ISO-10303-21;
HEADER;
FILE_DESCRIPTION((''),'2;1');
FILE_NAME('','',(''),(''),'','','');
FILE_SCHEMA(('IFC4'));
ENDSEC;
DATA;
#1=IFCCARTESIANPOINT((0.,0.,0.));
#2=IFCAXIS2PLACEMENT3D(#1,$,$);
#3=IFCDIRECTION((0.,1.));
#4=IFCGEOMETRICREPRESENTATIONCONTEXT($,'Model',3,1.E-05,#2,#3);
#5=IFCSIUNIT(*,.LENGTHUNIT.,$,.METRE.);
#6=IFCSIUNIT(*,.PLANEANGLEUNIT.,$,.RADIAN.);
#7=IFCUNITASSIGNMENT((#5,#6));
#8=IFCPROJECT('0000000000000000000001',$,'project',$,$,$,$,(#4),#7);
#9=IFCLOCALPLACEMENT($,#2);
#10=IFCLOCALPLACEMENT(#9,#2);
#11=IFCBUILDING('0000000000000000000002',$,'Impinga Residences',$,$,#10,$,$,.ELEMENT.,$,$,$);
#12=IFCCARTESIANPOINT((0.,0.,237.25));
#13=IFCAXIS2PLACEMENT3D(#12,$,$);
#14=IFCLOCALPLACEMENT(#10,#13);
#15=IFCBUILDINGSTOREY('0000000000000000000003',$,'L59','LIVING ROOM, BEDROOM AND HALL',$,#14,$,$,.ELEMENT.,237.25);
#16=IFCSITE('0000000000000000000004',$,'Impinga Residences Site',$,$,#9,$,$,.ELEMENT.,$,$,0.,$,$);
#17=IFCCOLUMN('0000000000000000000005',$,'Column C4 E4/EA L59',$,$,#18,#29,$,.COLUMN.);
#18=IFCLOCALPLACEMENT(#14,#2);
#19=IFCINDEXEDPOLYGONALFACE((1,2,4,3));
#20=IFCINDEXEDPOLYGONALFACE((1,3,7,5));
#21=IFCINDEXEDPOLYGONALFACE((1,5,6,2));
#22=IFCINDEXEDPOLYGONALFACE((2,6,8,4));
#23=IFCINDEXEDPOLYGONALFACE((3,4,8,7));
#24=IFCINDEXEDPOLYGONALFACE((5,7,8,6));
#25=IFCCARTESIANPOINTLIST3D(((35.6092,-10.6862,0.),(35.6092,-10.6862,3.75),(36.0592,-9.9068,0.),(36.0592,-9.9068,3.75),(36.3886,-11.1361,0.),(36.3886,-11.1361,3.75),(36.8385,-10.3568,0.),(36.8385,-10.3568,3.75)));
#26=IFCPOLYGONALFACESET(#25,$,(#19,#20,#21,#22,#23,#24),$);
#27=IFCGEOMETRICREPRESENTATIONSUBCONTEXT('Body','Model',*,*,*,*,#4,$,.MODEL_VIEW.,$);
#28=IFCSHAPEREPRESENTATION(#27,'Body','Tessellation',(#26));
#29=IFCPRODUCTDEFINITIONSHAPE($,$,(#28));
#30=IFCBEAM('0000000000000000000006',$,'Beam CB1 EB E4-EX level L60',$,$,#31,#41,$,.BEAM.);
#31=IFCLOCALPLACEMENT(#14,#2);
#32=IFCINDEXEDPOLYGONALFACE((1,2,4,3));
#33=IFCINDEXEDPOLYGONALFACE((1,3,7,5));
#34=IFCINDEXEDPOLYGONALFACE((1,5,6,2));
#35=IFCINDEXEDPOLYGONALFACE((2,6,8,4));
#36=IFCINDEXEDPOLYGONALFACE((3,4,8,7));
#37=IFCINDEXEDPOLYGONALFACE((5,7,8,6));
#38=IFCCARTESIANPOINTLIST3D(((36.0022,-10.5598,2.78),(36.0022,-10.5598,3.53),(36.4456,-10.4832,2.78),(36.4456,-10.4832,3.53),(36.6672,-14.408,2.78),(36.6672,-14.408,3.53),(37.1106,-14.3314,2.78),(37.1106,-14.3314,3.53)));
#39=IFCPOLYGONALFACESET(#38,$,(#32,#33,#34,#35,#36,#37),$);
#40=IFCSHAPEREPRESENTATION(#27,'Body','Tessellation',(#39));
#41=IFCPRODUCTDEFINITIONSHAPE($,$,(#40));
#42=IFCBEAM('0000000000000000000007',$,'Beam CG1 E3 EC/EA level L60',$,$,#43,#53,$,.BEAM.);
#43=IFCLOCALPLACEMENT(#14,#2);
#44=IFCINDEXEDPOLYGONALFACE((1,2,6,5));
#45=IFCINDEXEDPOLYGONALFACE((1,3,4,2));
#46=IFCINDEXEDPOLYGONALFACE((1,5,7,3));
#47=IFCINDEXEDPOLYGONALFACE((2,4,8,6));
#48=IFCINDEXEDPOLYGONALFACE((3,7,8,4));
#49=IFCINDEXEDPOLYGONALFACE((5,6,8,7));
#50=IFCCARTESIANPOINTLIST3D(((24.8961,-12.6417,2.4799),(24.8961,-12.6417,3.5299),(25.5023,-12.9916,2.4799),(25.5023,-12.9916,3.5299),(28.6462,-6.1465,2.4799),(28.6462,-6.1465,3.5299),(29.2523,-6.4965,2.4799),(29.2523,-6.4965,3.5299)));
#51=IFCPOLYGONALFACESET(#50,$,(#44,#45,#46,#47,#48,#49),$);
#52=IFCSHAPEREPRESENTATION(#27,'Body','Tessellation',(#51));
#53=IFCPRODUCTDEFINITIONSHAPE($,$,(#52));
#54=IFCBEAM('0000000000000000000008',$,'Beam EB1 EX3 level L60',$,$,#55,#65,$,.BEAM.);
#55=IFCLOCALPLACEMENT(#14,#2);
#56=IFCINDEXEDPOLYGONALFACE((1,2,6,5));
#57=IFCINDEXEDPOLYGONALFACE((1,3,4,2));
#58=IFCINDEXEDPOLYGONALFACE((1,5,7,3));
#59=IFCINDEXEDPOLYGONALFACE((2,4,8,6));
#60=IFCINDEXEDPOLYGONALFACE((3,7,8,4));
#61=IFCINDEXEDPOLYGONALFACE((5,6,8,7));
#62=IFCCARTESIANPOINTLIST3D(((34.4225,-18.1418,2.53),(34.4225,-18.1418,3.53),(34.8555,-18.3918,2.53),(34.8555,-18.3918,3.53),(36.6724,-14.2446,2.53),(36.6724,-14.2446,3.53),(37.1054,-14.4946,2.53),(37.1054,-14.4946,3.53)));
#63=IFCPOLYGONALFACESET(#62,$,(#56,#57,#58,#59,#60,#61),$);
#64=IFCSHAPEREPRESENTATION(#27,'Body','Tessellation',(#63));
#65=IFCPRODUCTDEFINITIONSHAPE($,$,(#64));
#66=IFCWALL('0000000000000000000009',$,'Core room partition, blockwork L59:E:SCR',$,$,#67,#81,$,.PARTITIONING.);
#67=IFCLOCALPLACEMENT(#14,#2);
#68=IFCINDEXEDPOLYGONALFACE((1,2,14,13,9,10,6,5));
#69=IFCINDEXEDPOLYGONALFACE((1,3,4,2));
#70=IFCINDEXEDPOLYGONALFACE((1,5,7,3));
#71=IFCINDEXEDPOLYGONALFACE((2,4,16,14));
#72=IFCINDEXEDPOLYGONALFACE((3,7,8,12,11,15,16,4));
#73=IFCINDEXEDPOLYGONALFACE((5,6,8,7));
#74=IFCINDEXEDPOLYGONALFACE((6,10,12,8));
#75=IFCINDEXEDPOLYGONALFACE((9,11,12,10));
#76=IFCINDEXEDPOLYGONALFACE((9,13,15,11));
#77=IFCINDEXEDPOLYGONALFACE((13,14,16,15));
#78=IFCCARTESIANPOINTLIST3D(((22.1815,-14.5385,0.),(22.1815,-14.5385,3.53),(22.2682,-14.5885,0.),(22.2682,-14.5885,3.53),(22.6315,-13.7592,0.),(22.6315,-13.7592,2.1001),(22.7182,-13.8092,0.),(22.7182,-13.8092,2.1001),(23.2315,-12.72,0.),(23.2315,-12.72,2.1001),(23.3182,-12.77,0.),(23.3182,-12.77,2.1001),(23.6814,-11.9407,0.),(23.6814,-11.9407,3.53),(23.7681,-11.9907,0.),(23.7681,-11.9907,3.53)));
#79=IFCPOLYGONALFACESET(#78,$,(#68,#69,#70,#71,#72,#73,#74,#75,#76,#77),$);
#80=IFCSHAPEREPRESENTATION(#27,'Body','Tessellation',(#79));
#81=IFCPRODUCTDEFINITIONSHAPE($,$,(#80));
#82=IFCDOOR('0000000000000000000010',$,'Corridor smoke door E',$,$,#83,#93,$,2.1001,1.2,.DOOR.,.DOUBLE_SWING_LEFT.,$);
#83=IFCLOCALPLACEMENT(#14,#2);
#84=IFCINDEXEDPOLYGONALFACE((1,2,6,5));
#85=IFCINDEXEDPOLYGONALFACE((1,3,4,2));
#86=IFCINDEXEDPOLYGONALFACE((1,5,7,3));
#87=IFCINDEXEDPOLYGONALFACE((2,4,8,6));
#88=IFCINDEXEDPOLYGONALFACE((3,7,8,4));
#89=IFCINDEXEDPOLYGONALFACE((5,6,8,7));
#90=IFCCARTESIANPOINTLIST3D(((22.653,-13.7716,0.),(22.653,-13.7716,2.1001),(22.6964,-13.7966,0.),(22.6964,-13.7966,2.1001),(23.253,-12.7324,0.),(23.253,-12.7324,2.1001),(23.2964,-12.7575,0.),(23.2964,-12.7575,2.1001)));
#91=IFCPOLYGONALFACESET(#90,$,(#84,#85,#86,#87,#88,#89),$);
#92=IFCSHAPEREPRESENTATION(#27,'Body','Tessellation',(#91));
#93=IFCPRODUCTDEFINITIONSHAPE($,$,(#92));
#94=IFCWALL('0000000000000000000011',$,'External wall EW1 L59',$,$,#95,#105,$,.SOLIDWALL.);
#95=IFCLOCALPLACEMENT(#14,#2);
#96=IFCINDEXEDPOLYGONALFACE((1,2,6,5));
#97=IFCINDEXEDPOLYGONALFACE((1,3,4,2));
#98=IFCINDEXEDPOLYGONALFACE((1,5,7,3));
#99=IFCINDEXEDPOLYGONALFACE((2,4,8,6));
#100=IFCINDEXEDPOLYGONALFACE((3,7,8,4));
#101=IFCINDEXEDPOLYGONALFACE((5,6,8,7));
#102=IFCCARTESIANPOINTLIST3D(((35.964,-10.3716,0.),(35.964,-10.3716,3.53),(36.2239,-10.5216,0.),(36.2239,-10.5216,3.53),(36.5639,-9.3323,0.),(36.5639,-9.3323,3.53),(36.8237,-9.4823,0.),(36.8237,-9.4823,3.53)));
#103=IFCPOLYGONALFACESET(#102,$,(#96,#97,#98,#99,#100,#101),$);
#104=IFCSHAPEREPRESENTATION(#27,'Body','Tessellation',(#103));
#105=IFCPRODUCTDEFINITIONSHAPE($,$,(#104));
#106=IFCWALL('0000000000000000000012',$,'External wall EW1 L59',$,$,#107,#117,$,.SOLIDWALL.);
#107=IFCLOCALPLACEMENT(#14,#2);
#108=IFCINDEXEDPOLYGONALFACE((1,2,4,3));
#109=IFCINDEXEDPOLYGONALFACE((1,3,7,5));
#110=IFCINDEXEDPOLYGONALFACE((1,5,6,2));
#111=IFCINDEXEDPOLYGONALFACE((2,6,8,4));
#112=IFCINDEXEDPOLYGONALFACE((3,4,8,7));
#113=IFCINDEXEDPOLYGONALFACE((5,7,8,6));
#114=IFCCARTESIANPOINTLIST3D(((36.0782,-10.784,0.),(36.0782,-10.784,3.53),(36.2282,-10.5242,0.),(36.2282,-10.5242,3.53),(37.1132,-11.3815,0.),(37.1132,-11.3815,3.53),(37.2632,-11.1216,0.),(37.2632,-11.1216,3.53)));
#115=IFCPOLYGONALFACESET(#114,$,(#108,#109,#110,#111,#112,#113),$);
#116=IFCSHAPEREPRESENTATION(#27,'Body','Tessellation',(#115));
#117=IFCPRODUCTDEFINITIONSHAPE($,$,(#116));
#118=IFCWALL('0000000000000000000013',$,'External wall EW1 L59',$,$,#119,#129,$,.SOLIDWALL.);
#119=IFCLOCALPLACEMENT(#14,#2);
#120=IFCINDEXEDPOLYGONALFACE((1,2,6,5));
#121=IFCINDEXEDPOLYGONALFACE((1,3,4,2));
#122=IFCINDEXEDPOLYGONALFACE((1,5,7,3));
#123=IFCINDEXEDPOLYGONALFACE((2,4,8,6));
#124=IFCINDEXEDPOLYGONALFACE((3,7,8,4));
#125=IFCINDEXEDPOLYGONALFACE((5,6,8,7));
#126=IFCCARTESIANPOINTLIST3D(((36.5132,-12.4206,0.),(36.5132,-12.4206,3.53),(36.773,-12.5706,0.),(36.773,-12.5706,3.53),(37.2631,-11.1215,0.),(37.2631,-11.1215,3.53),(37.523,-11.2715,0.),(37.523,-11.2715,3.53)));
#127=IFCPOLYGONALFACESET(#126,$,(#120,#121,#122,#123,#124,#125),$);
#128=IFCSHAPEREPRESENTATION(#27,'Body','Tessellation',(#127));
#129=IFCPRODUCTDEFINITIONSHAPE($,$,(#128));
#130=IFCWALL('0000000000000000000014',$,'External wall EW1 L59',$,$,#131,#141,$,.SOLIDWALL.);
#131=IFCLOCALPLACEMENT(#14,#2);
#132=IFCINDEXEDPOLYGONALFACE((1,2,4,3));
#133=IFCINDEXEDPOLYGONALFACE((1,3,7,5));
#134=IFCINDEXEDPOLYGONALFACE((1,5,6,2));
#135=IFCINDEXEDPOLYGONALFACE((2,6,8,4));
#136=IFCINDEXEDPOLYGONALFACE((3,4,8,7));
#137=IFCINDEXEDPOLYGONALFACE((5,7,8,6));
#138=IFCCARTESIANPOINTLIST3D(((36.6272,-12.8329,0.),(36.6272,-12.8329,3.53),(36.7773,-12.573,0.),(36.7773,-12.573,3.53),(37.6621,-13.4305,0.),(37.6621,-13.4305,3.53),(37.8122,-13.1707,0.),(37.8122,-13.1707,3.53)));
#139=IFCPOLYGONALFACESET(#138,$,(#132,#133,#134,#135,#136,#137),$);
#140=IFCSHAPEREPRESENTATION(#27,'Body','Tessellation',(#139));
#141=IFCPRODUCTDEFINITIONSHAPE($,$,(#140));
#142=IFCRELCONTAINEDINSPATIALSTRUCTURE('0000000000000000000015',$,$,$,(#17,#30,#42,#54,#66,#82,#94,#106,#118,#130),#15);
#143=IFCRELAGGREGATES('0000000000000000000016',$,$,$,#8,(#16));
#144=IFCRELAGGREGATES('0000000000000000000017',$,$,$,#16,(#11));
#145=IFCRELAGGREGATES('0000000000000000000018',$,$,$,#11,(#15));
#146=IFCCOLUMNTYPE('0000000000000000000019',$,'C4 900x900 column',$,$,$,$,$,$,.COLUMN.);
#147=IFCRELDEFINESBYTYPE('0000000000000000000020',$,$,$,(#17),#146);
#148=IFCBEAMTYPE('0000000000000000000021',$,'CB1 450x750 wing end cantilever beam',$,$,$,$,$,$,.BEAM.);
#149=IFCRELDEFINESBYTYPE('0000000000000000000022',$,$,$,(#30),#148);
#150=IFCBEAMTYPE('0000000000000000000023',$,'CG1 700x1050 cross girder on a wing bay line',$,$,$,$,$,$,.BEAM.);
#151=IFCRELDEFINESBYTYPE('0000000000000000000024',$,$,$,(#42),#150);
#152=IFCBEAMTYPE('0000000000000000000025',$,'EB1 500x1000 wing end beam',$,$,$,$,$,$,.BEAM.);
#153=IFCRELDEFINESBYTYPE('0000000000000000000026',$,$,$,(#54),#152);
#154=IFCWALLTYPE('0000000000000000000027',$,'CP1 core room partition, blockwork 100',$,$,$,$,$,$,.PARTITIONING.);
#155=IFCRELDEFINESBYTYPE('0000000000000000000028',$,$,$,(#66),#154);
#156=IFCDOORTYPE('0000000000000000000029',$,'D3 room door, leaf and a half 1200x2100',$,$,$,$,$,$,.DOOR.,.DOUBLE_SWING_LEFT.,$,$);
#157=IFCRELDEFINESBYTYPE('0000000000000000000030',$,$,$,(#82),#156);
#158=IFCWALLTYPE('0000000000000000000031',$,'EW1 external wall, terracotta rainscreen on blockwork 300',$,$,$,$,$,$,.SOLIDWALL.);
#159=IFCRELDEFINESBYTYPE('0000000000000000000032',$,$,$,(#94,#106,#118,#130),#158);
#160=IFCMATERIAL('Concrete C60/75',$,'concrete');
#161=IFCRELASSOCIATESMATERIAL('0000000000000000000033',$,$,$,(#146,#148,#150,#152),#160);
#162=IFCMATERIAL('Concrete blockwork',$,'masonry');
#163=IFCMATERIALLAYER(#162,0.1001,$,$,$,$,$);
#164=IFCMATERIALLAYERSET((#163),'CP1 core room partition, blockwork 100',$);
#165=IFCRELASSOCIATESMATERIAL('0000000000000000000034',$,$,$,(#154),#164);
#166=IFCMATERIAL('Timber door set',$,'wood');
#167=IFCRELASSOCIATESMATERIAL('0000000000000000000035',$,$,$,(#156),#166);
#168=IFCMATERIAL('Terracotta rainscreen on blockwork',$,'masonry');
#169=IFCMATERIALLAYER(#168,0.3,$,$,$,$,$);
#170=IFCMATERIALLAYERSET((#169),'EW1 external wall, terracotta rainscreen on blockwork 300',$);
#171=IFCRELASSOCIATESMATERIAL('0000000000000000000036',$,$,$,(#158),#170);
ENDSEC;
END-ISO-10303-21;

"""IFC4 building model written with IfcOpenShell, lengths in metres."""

from ifc_helpers import new_model, si_unit, direction, frame, frame_2d, origin, origin_2d, place, context, subcontext, project, spatial, rectangle, extrude, material, layer, layer_set, material_profile, profile_set, type_object, element, fill, save


model = new_model("IFC4")

# Units and contexts
model_context = context("Model", 3, precision=1e-05, world=origin(), true_north=direction((0.0, 1.0)))
body_context = subcontext(model_context, "Body", "Model", "MODEL_VIEW")
ifc_project = project(units=[si_unit("LENGTHUNIT", "METRE"), si_unit("PLANEANGLEUNIT", "RADIAN")], contexts=[model_context])

# Site, building, storey
site_placement = place(None, origin())
site = spatial("IfcSite", under=ifc_project, at=site_placement, Name="Impinga Residences Site", CompositionType="ELEMENT", RefElevation=0.0)
building_placement = place(site_placement, origin())
building = spatial("IfcBuilding", under=site, at=building_placement, Name="Impinga Residences", CompositionType="ELEMENT")
storey_placement = place(building_placement, frame((0.0, 0.0, 237.25)))
storey = spatial("IfcBuildingStorey", under=building, at=storey_placement, Name="L59", Description="LIVING ROOM, BEDROOM AND HALL", CompositionType="ELEMENT", Elevation=237.25)

# Column
ifc_material_1 = material(Name="Concrete C60/75", Category="concrete")
ifc_material_profile_1 = material_profile(ifc_material_1, rectangle(XDim=0.8999, YDim=0.8999, at=origin_2d()), Name="RC 900x900")
ifc_profile_set_1 = profile_set([ifc_material_profile_1], Name="Concrete C60/75")
column_type = type_object("IfcColumnType", Name="C4 900x900 column", PredefinedType="COLUMN", material=ifc_profile_set_1)
column_placement = place(storey_placement, frame((36.2239, -10.5215, 0.0), z_axis=(0.0, 0.0, 1.0), x_axis=(-0.5, -0.866025, 0.0)))
element("IfcColumn", 1, at=column_placement, inside=storey, type_object=column_type, Name="Column C4 E4/EA L59", PredefinedType="COLUMN", context=body_context, shape_type="SweptSolid", body=[
    extrude(rectangle(XDim=0.8999, YDim=0.8999, at=origin_2d()), origin(), (0.0, 0.0, 1.0), 3.75),
])

# Beams
ifc_material_profile_2 = material_profile(ifc_material_1, rectangle(XDim=0.45, YDim=0.75, at=origin_2d()), Name="RC 450x750")
ifc_profile_set_2 = profile_set([ifc_material_profile_2], Name="Concrete C60/75")
beam_type_1 = type_object("IfcBeamType", Name="CB1 450x750 wing end cantilever beam", PredefinedType="BEAM", material=ifc_profile_set_2)
beam_1_placement = place(storey_placement, frame((36.2239, -10.5215, 3.155), z_axis=(0.170296, -0.985393, 0.0), x_axis=(0.985393, 0.170296, 0.0)))
element("IfcBeam", 2, at=beam_1_placement, inside=storey, type_object=beam_type_1, Name="Beam CB1 EB E4-EX level L60", PredefinedType="BEAM", context=body_context, shape_type="SweptSolid", body=[
    extrude(rectangle(XDim=0.45, YDim=0.75, at=origin_2d()), origin(), (0.0, 0.0, 1.0), 3.9053),
])
ifc_material_profile_3 = material_profile(ifc_material_1, rectangle(XDim=0.7, YDim=1.05, at=origin_2d()), Name="RC 700x1050")
ifc_profile_set_3 = profile_set([ifc_material_profile_3], Name="Concrete C60/75")
beam_type_2 = type_object("IfcBeamType", Name="CG1 700x1050 cross girder on a wing bay line", PredefinedType="BEAM", material=ifc_profile_set_3)
beam_2_placement = place(storey_placement, frame((25.1992, -12.8167, 3.0049), z_axis=(0.500004, 0.866023, 0.0), x_axis=(-0.866023, 0.500004, 0.0)))
element("IfcBeam", 3, at=beam_2_placement, inside=storey, type_object=beam_type_2, Name="Beam CG1 E3 EC/EA level L60", PredefinedType="BEAM", context=body_context, shape_type="SweptSolid", body=[
    extrude(rectangle(XDim=0.7, YDim=1.05, at=origin_2d()), origin(), (0.0, 0.0, 1.0), 7.5),
])
ifc_material_profile_4 = material_profile(ifc_material_1, rectangle(XDim=0.5, YDim=1.0, at=origin_2d()), Name="RC 500x1000")
ifc_profile_set_4 = profile_set([ifc_material_profile_4], Name="Concrete C60/75")
beam_type_3 = type_object("IfcBeamType", Name="EB1 500x1000 wing end beam", PredefinedType="BEAM", material=ifc_profile_set_4)
beam_3_placement = place(storey_placement, frame((36.8889, -14.3696, 3.03), z_axis=(-0.49999, -0.866031, 0.0), x_axis=(0.866031, -0.49999, 0.0)))
element("IfcBeam", 4, at=beam_3_placement, inside=storey, type_object=beam_type_3, Name="Beam EB1 EX3 level L60", PredefinedType="BEAM", context=body_context, shape_type="SweptSolid", body=[
    extrude(rectangle(XDim=0.5, YDim=1.0, at=origin_2d()), origin(), (0.0, 0.0, 1.0), 4.5),
])

# Wall, opening, door
ifc_material_2 = material(Name="Concrete blockwork", Category="masonry")
ifc_layer_1 = layer(ifc_material_2, 0.1001)
ifc_layer_set_1 = layer_set([ifc_layer_1], Name="CP1 core room partition, blockwork 100")
wall_type_1 = type_object("IfcWallType", Name="CP1 core room partition, blockwork 100", PredefinedType="PARTITIONING", material=ifc_layer_set_1)
wall_1_placement = place(storey_placement, frame((23.7249, -11.9656, 0.0), z_axis=(0.0, 0.0, 1.0), x_axis=(-0.500025, -0.866011, 0.0)))
wall_1 = element("IfcWall", 5, at=wall_1_placement, inside=storey, type_object=wall_type_1, Name="Core room partition, blockwork L59:E:SCR", PredefinedType="PARTITIONING", context=body_context, shape_type="SweptSolid", body=[
    extrude(rectangle(XDim=2.9998, YDim=0.1001, at=frame_2d((1.5, 0.0))), origin(), (0.0, 0.0, 1.0), 3.53),
])
opening_1_placement = place(wall_1_placement, frame((0.8999, 0.0, 0.0)))
opening_1 = element("IfcOpeningElement", 6, at=opening_1_placement, cuts=wall_1, PredefinedType="OPENING", context=body_context, shape_type="SweptSolid", body=[
    extrude(rectangle(XDim=1.2, YDim=2.1001, at=frame_2d((0.6001, 1.05))), frame((0.0, 0.0601, 0.0), z_axis=(0.0, -1.0, 0.0), x_axis=(1.0, 0.0, 0.0)), (0.0, 0.0, 1.0), 0.1201),
])
ifc_material_3 = material(Name="Timber door set", Category="wood")
door_type_1 = type_object("IfcDoorType", Name="D3 room door, leaf and a half 1200x2100", OperationType="DOUBLE_SWING_LEFT", PredefinedType="DOOR", material=ifc_material_3)
door_1_placement = place(opening_1_placement, origin())
door_1 = element("IfcDoor", 7, at=door_1_placement, inside=storey, type_object=door_type_1, Name="Corridor smoke door E", OperationType="DOUBLE_SWING_LEFT", OverallHeight=2.1001, OverallWidth=1.2, PredefinedType="DOOR", context=body_context, shape_type="SweptSolid", body=[
    extrude(rectangle(XDim=1.2, YDim=2.1001, at=frame_2d((0.6001, 1.05))), frame((0.0, 0.0249, 0.0), z_axis=(0.0, -1.0, 0.0), x_axis=(1.0, 0.0, 0.0)), (0.0, 0.0, 1.0), 0.05),
])
fill(opening_1, door_1)

# Walls
ifc_material_4 = material(Name="Terracotta rainscreen on blockwork", Category="masonry")
ifc_layer_2 = layer(ifc_material_4, 0.3)
ifc_layer_set_2 = layer_set([ifc_layer_2], Name="EW1 external wall, terracotta rainscreen on blockwork 300")
wall_type_2 = type_object("IfcWallType", Name="EW1 external wall, terracotta rainscreen on blockwork 300", PredefinedType="SOLIDWALL", material=ifc_layer_set_2)
wall_2_placement = place(storey_placement, frame((36.6938, -9.4072, 0.0), z_axis=(0.0, 0.0, 1.0), x_axis=(-0.499881, -0.866094, 0.0)))
element("IfcWall", 8, at=wall_2_placement, inside=storey, type_object=wall_type_2, Name="External wall EW1 L59", PredefinedType="SOLIDWALL", context=body_context, shape_type="SweptSolid", body=[
    extrude(rectangle(XDim=1.2, YDim=0.3, at=frame_2d((0.6001, 0.0))), origin(), (0.0, 0.0, 1.0), 3.53),
])
wall_3_placement = place(storey_placement, frame((36.1531, -10.6541, 0.0), z_axis=(0.0, 0.0, 1.0), x_axis=(0.86606, -0.499941, 0.0)))
element("IfcWall", 9, at=wall_3_placement, inside=storey, type_object=wall_type_2, Name="External wall EW1 L59", PredefinedType="SOLIDWALL", context=body_context, shape_type="SweptSolid", body=[
    extrude(rectangle(XDim=1.1951, YDim=0.3, at=frame_2d((0.5977, 0.0))), origin(), (0.0, 0.0, 1.0), 3.53),
])
wall_4_placement = place(storey_placement, frame((37.3931, -11.1965, 0.0), z_axis=(0.0, 0.0, 1.0), x_axis=(-0.49999, -0.866031, 0.0)))
element("IfcWall", 10, at=wall_4_placement, inside=storey, type_object=wall_type_2, Name="External wall EW1 L59", PredefinedType="SOLIDWALL", context=body_context, shape_type="SweptSolid", body=[
    extrude(rectangle(XDim=1.5, YDim=0.3, at=frame_2d((0.75, 0.0))), origin(), (0.0, 0.0, 1.0), 3.53),
])
wall_5_placement = place(storey_placement, frame((36.7021, -12.7029, 0.0), z_axis=(0.0, 0.0, 1.0), x_axis=(0.865971, -0.500094, 0.0)))
element("IfcWall", 11, at=wall_5_placement, inside=storey, type_object=wall_type_2, Name="External wall EW1 L59", PredefinedType="SOLIDWALL", context=body_context, shape_type="SweptSolid", body=[
    extrude(rectangle(XDim=1.1951, YDim=0.3, at=frame_2d((0.5977, 0.0))), origin(), (0.0, 0.0, 1.0), 3.53),
])

save(model, "model.ifc")
